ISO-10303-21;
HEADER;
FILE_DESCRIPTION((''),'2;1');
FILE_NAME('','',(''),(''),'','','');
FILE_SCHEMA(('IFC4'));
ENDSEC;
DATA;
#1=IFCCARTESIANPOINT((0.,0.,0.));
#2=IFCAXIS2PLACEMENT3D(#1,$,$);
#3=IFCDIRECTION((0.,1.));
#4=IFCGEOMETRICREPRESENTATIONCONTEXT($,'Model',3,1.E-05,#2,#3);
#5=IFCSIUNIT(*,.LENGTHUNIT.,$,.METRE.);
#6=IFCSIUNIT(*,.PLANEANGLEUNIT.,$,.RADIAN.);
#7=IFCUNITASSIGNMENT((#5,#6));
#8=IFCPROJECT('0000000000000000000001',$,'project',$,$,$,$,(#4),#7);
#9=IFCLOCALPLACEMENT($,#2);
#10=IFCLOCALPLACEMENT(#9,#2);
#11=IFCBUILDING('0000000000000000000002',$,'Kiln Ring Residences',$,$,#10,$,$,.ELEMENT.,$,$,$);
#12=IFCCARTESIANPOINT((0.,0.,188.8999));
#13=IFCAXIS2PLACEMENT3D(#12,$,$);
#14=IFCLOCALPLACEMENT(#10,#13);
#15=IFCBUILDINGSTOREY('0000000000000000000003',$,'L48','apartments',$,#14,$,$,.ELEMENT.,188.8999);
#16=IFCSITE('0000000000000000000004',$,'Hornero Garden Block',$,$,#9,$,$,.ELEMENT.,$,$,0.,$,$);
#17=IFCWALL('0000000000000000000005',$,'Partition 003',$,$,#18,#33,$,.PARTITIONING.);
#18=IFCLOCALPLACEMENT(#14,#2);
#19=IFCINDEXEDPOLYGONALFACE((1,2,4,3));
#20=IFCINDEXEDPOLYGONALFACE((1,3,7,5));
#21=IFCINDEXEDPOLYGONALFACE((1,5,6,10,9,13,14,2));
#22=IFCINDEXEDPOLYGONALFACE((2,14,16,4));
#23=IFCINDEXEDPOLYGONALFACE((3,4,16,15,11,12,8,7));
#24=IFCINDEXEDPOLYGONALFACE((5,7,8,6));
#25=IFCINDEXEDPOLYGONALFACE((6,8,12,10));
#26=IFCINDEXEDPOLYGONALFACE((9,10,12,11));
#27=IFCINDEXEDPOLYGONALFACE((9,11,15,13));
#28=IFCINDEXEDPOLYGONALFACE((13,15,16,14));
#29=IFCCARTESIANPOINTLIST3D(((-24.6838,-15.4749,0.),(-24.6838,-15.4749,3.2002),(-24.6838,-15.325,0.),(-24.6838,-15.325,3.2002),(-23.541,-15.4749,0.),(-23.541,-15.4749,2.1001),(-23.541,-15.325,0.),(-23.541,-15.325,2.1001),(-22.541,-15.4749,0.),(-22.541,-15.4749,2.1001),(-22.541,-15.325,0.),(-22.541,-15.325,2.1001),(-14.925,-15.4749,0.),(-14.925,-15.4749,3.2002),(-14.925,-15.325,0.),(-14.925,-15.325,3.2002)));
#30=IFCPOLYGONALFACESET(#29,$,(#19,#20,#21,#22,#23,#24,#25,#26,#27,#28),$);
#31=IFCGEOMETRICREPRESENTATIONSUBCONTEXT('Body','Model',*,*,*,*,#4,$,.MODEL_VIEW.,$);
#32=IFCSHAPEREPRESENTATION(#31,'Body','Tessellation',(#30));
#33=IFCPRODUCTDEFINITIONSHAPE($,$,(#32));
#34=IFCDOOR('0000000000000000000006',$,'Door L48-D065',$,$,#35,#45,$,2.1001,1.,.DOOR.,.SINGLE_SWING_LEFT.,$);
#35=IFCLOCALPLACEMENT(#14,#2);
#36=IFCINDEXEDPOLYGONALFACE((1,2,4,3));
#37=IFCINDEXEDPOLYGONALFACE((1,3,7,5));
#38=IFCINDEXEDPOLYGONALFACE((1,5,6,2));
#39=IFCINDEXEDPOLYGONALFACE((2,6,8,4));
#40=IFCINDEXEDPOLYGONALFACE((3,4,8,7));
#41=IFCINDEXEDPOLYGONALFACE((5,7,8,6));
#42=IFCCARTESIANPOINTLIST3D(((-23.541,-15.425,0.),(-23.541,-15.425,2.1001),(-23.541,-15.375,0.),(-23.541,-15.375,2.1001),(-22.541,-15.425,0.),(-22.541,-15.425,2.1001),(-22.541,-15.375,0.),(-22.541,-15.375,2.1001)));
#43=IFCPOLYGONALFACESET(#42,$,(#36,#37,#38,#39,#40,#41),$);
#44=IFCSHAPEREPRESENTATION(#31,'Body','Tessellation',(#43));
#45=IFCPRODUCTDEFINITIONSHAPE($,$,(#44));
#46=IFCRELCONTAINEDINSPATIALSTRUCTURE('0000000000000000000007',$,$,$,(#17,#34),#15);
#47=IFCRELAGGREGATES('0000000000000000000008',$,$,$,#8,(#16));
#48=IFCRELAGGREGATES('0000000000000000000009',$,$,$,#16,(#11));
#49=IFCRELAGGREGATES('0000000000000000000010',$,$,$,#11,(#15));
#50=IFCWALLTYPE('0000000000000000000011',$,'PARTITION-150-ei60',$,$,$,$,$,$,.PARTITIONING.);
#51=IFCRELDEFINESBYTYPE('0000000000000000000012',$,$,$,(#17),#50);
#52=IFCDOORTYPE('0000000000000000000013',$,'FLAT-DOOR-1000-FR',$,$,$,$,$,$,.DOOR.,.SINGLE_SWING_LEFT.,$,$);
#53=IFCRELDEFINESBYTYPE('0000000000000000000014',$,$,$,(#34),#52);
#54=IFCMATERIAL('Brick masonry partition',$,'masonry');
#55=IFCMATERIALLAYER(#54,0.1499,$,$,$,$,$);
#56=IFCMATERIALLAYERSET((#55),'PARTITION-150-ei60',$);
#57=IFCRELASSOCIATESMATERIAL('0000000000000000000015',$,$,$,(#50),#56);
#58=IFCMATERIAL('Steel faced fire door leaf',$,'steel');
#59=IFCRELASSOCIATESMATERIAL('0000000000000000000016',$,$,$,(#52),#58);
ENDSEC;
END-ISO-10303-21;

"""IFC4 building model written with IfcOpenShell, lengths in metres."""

from ifc_helpers import new_model, si_unit, direction, frame, frame_2d, origin, place, context, subcontext, project, spatial, rectangle, extrude, material, layer, layer_set, type_object, element, fill, save


model = new_model("IFC4")

# Units and contexts
model_context = context("Model", 3, precision=1e-05, world=origin(), true_north=direction((0.0, 1.0)))
body_context = subcontext(model_context, "Body", "Model", "MODEL_VIEW")
ifc_project = project(units=[si_unit("LENGTHUNIT", "METRE"), si_unit("PLANEANGLEUNIT", "RADIAN")], contexts=[model_context])

# Site, building, storey
site_placement = place(None, origin())
site = spatial("IfcSite", under=ifc_project, at=site_placement, Name="Hornero Garden Block", CompositionType="ELEMENT", RefElevation=0.0)
building_placement = place(site_placement, origin())
building = spatial("IfcBuilding", under=site, at=building_placement, Name="Kiln Ring Residences", CompositionType="ELEMENT")
storey_placement = place(building_placement, frame((0.0, 0.0, 188.8999)))
storey = spatial("IfcBuildingStorey", under=building, at=storey_placement, Name="L48", Description="apartments", CompositionType="ELEMENT", Elevation=188.8999)

# Wall, opening, door
ifc_material_1 = material(Name="Brick masonry partition", Category="masonry")
ifc_layer_1 = layer(ifc_material_1, 0.1499)
ifc_layer_set_1 = layer_set([ifc_layer_1], Name="PARTITION-150-ei60")
wall_type_1 = type_object("IfcWallType", Name="PARTITION-150-ei60", PredefinedType="PARTITIONING", material=ifc_layer_set_1)
wall_1_placement = place(storey_placement, frame((-24.6838, -15.3999, 0.0), z_axis=(0.0, 0.0, 1.0), x_axis=(1.0, 0.0, 0.0)))
wall_1 = element("IfcWall", 1, at=wall_1_placement, inside=storey, type_object=wall_type_1, Name="Partition 003", PredefinedType="PARTITIONING", context=body_context, shape_type="SweptSolid", body=[
    extrude(rectangle(XDim=9.7588, YDim=0.1499, at=frame_2d((4.8794, 0.0))), origin(), (0.0, 0.0, 1.0), 3.2002),
])
opening_1_placement = place(wall_1_placement, frame((1.1428, 0.0, 0.0)))
opening_1 = element("IfcOpeningElement", 2, at=opening_1_placement, cuts=wall_1, PredefinedType="OPENING", context=body_context, shape_type="SweptSolid", body=[
    extrude(rectangle(XDim=1.0, YDim=2.1001, at=frame_2d((0.5, 1.05))), frame((0.0, 0.085, 0.0), z_axis=(0.0, -1.0, 0.0), x_axis=(1.0, 0.0, 0.0)), (0.0, 0.0, 1.0), 0.1699),
])
ifc_material_2 = material(Name="Steel faced fire door leaf", Category="steel")
door_type_1 = type_object("IfcDoorType", Name="FLAT-DOOR-1000-FR", OperationType="SINGLE_SWING_LEFT", PredefinedType="DOOR", material=ifc_material_2)
door_1_placement = place(opening_1_placement, origin())
door_1 = element("IfcDoor", 3, at=door_1_placement, inside=storey, type_object=door_type_1, Name="Door L48-D065", OperationType="SINGLE_SWING_LEFT", OverallHeight=2.1001, OverallWidth=1.0, PredefinedType="DOOR", context=body_context, shape_type="SweptSolid", body=[
    extrude(rectangle(XDim=1.0, YDim=2.1001, at=frame_2d((0.5, 1.05))), frame((0.0, 0.0249, 0.0), z_axis=(0.0, -1.0, 0.0), x_axis=(1.0, 0.0, 0.0)), (0.0, 0.0, 1.0), 0.05),
])
fill(opening_1, door_1)

save(model, "model.ifc")
